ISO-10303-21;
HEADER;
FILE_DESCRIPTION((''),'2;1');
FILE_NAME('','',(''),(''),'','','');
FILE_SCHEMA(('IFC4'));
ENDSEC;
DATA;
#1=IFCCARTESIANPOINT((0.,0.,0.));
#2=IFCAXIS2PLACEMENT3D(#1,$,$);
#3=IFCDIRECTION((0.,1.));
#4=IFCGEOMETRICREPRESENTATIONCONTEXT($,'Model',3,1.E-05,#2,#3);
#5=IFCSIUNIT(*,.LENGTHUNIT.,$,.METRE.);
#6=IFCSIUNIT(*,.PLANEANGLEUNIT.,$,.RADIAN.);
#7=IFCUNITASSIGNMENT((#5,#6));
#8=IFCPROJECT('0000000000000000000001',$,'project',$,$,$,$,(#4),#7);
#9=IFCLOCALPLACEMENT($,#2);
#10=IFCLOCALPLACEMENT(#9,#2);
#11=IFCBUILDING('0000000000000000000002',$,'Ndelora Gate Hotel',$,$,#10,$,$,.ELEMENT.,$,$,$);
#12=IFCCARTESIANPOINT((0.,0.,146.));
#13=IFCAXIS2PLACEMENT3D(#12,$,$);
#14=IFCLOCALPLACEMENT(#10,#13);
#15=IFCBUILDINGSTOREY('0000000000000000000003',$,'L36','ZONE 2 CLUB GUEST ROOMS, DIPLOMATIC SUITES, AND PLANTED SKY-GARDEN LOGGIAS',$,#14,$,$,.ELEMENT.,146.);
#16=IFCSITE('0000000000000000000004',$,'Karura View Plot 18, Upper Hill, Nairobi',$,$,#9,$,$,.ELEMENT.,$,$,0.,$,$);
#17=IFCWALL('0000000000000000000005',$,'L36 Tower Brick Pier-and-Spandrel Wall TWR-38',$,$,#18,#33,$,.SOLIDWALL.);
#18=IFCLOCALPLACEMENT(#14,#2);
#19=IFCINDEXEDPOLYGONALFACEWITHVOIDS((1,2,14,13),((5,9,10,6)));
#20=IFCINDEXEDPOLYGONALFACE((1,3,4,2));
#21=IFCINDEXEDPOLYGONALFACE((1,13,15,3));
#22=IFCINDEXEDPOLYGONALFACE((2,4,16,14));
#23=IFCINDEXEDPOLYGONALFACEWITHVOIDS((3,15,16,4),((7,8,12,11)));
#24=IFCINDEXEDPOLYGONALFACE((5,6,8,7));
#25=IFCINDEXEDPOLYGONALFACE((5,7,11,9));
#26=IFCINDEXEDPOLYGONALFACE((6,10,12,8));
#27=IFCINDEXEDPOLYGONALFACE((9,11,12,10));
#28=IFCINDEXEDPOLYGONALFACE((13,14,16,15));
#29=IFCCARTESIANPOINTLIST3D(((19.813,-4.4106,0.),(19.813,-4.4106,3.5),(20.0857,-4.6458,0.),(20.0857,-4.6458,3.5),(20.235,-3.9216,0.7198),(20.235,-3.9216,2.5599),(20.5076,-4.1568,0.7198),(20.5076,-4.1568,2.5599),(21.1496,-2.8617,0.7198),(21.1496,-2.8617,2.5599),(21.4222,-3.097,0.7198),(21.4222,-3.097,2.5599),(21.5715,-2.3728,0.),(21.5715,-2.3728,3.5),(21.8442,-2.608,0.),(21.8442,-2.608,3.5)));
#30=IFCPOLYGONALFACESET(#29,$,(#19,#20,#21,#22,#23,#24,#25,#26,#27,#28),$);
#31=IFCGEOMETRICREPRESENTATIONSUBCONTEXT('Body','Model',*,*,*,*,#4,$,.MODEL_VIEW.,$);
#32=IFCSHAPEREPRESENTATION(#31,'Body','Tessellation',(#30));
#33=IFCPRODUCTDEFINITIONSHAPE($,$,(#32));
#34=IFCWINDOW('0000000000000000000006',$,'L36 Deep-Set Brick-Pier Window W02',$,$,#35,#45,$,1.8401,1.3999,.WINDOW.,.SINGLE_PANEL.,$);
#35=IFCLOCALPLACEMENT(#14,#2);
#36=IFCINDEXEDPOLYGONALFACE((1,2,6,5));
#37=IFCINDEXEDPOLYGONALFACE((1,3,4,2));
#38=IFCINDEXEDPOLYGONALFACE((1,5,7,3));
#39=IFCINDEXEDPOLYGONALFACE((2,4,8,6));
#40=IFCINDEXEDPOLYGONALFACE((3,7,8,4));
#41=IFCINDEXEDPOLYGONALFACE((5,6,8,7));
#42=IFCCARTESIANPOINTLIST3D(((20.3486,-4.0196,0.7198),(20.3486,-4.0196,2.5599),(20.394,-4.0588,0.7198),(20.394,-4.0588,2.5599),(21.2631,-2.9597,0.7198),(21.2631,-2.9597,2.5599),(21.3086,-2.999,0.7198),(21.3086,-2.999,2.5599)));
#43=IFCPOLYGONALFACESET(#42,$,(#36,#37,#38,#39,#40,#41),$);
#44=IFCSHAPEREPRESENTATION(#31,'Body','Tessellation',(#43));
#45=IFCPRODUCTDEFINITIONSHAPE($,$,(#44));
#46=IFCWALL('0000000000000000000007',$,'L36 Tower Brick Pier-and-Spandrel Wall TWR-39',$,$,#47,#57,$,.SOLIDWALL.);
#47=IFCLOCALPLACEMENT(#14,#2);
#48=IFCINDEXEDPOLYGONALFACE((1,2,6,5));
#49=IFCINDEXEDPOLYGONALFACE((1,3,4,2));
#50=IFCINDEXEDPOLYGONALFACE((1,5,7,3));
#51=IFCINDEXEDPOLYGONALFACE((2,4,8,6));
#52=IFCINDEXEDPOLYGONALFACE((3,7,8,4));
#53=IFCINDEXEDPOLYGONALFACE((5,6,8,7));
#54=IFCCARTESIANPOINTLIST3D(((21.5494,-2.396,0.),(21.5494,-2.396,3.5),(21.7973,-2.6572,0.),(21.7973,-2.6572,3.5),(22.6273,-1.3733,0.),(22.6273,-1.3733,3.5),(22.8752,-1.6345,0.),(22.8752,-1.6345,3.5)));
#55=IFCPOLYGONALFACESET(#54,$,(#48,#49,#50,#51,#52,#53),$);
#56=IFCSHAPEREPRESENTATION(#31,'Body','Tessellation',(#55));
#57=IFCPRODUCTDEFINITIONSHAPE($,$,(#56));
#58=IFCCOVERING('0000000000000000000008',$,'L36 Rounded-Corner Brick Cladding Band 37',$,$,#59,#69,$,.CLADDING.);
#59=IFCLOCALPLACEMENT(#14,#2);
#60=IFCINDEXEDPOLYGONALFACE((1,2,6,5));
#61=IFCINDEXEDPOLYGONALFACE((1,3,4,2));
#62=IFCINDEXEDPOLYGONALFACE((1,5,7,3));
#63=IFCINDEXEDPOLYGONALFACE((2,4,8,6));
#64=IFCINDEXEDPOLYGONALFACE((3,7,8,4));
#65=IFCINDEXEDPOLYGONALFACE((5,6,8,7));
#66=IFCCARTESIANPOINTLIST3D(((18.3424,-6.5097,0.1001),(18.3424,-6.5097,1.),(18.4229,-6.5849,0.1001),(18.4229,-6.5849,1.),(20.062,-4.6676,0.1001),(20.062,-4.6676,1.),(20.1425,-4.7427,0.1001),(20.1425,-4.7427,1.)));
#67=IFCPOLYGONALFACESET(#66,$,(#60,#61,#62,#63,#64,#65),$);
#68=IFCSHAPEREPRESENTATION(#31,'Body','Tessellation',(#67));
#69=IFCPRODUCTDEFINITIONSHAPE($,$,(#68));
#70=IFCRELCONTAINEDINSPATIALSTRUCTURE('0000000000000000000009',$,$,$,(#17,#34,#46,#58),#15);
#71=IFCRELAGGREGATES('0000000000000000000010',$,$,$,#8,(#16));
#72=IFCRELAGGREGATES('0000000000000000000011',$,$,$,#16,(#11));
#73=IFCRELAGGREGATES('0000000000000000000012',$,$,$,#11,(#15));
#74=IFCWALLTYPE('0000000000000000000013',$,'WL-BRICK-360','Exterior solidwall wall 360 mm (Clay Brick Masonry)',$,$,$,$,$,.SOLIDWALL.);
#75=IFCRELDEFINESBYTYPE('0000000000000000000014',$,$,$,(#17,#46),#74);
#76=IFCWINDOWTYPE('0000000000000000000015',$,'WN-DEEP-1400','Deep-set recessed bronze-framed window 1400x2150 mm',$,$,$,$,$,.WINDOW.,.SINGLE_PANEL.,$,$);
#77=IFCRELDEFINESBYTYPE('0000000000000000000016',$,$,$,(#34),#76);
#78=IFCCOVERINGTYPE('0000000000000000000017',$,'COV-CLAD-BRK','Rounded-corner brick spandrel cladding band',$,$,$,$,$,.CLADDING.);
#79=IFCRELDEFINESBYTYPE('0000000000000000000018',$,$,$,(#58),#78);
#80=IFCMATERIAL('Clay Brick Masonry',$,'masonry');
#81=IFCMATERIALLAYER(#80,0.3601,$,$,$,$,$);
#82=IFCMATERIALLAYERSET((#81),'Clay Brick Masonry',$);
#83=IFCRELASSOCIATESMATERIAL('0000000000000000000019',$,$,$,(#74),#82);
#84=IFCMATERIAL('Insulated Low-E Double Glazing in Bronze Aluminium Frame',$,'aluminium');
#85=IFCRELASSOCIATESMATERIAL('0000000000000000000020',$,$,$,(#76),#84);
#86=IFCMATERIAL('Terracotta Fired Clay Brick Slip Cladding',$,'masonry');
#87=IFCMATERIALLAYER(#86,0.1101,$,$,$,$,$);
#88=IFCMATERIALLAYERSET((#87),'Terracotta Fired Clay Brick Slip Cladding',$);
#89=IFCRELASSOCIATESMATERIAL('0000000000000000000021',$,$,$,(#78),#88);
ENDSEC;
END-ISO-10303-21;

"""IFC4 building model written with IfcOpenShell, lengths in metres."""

from ifc_helpers import new_model, si_unit, direction, frame, frame_2d, origin, origin_2d, place, context, subcontext, project, spatial, rectangle, extrude, material, layer, layer_set, type_object, element, fill, save


model = new_model("IFC4")

# Units and contexts
model_context = context("Model", 3, precision=1e-05, world=origin(), true_north=direction((0.0, 1.0)))
body_context = subcontext(model_context, "Body", "Model", "MODEL_VIEW")
ifc_project = project(units=[si_unit("LENGTHUNIT", "METRE"), si_unit("PLANEANGLEUNIT", "RADIAN")], contexts=[model_context])

# Site, building, storey
site_placement = place(None, origin())
site = spatial("IfcSite", under=ifc_project, at=site_placement, Name="Karura View Plot 18, Upper Hill, Nairobi", CompositionType="ELEMENT", RefElevation=0.0)
building_placement = place(site_placement, origin())
building = spatial("IfcBuilding", under=site, at=building_placement, Name="Ndelora Gate Hotel", CompositionType="ELEMENT")
storey_placement = place(building_placement, frame((0.0, 0.0, 146.0)))
storey = spatial("IfcBuildingStorey", under=building, at=storey_placement, Name="L36", Description="ZONE 2 CLUB GUEST ROOMS, DIPLOMATIC SUITES, AND PLANTED SKY-GARDEN LOGGIAS", CompositionType="ELEMENT", Elevation=146.0)

# Wall, opening, window
ifc_material_1 = material(Name="Clay Brick Masonry", Category="masonry")
ifc_layer_1 = layer(ifc_material_1, 0.3601)
ifc_layer_set_1 = layer_set([ifc_layer_1], Name="Clay Brick Masonry")
wall_type = type_object("IfcWallType", Name="WL-BRICK-360", Description="Exterior solidwall wall 360 mm (Clay Brick Masonry)", PredefinedType="SOLIDWALL", material=ifc_layer_set_1)
ifc_material_2 = material(Name="Insulated Low-E Double Glazing in Bronze Aluminium Frame", Category="aluminium")
window_type_1 = type_object("IfcWindowType", Name="WN-DEEP-1400", Description="Deep-set recessed bronze-framed window 1400x2150 mm", PartitioningType="SINGLE_PANEL", PredefinedType="WINDOW", material=ifc_material_2)
wall_1_placement = place(storey_placement, frame((21.7078, -2.4905, 0.0), z_axis=(0.0, 0.0, 1.0), x_axis=(-0.65332, -0.757082, 0.0)))
wall_1 = element("IfcWall", 1, at=wall_1_placement, inside=storey, type_object=wall_type, Name="L36 Tower Brick Pier-and-Spandrel Wall TWR-38", PredefinedType="SOLIDWALL", context=body_context, shape_type="SweptSolid", body=[
    extrude(rectangle(XDim=2.6917, YDim=0.3601, at=frame_2d((1.3457, 0.0))), origin(), (0.0, 0.0, 1.0), 3.5),
])
opening_1_placement = place(wall_1_placement, frame((0.6458, 0.0, 0.72)))
opening_1 = element("IfcOpeningElement", 2, at=opening_1_placement, cuts=wall_1, PredefinedType="OPENING", context=body_context, shape_type="SweptSolid", body=[
    extrude(rectangle(XDim=1.3999, YDim=1.8401, at=frame_2d((0.7, 0.9199))), frame((0.0, 0.1899, 0.0), z_axis=(0.0, -1.0, 0.0), x_axis=(1.0, 0.0, 0.0)), (0.0, 0.0, 1.0), 0.3801),
])
window_1_placement = place(opening_1_placement, origin())
window_1 = element("IfcWindow", 3, at=window_1_placement, inside=storey, type_object=window_type_1, Name="L36 Deep-Set Brick-Pier Window W02", OverallHeight=1.8401, OverallWidth=1.3999, PartitioningType="SINGLE_PANEL", PredefinedType="WINDOW", context=body_context, shape_type="SweptSolid", body=[
    extrude(rectangle(XDim=1.3999, YDim=1.8401, at=frame_2d((0.7, 0.9199))), frame((0.0, 0.03, 0.0), z_axis=(0.0, -1.0, 0.0), x_axis=(1.0, 0.0, 0.0)), (0.0, 0.0, 1.0), 0.0601),
])
fill(opening_1, window_1)

# Wall
wall_2_placement = place(storey_placement, frame((22.7512, -1.5039, 0.0), z_axis=(0.0, 0.0, 1.0), x_axis=(-0.72543, -0.688296, 0.0)))
element("IfcWall", 4, at=wall_2_placement, inside=storey, type_object=wall_type, Name="L36 Tower Brick Pier-and-Spandrel Wall TWR-39", PredefinedType="SOLIDWALL", context=body_context, shape_type="SweptSolid", body=[
    extrude(rectangle(XDim=1.4858, YDim=0.3601, at=frame_2d((0.7429, 0.0))), origin(), (0.0, 0.0, 1.0), 3.5),
])

# Covering
ifc_material_3 = material(Name="Terracotta Fired Clay Brick Slip Cladding", Category="masonry")
ifc_layer_2 = layer(ifc_material_3, 0.1101)
ifc_layer_set_2 = layer_set([ifc_layer_2], Name="Terracotta Fired Clay Brick Slip Cladding")
covering_type = type_object("IfcCoveringType", Name="COV-CLAD-BRK", Description="Rounded-corner brick spandrel cladding band", PredefinedType="CLADDING", material=ifc_layer_set_2)
covering_placement = place(storey_placement, frame((19.2424, -5.6262, 0.1001), z_axis=(0.0, 0.0, 1.0), x_axis=(0.682381, 0.730997, 0.0)))
element("IfcCovering", 5, at=covering_placement, inside=storey, type_object=covering_type, Name="L36 Rounded-Corner Brick Cladding Band 37", PredefinedType="CLADDING", context=body_context, shape_type="SweptSolid", body=[
    extrude(rectangle(XDim=2.52, YDim=0.1101, at=origin_2d()), origin(), (0.0, 0.0, 1.0), 0.8999),
])

save(model, "model.ifc")
